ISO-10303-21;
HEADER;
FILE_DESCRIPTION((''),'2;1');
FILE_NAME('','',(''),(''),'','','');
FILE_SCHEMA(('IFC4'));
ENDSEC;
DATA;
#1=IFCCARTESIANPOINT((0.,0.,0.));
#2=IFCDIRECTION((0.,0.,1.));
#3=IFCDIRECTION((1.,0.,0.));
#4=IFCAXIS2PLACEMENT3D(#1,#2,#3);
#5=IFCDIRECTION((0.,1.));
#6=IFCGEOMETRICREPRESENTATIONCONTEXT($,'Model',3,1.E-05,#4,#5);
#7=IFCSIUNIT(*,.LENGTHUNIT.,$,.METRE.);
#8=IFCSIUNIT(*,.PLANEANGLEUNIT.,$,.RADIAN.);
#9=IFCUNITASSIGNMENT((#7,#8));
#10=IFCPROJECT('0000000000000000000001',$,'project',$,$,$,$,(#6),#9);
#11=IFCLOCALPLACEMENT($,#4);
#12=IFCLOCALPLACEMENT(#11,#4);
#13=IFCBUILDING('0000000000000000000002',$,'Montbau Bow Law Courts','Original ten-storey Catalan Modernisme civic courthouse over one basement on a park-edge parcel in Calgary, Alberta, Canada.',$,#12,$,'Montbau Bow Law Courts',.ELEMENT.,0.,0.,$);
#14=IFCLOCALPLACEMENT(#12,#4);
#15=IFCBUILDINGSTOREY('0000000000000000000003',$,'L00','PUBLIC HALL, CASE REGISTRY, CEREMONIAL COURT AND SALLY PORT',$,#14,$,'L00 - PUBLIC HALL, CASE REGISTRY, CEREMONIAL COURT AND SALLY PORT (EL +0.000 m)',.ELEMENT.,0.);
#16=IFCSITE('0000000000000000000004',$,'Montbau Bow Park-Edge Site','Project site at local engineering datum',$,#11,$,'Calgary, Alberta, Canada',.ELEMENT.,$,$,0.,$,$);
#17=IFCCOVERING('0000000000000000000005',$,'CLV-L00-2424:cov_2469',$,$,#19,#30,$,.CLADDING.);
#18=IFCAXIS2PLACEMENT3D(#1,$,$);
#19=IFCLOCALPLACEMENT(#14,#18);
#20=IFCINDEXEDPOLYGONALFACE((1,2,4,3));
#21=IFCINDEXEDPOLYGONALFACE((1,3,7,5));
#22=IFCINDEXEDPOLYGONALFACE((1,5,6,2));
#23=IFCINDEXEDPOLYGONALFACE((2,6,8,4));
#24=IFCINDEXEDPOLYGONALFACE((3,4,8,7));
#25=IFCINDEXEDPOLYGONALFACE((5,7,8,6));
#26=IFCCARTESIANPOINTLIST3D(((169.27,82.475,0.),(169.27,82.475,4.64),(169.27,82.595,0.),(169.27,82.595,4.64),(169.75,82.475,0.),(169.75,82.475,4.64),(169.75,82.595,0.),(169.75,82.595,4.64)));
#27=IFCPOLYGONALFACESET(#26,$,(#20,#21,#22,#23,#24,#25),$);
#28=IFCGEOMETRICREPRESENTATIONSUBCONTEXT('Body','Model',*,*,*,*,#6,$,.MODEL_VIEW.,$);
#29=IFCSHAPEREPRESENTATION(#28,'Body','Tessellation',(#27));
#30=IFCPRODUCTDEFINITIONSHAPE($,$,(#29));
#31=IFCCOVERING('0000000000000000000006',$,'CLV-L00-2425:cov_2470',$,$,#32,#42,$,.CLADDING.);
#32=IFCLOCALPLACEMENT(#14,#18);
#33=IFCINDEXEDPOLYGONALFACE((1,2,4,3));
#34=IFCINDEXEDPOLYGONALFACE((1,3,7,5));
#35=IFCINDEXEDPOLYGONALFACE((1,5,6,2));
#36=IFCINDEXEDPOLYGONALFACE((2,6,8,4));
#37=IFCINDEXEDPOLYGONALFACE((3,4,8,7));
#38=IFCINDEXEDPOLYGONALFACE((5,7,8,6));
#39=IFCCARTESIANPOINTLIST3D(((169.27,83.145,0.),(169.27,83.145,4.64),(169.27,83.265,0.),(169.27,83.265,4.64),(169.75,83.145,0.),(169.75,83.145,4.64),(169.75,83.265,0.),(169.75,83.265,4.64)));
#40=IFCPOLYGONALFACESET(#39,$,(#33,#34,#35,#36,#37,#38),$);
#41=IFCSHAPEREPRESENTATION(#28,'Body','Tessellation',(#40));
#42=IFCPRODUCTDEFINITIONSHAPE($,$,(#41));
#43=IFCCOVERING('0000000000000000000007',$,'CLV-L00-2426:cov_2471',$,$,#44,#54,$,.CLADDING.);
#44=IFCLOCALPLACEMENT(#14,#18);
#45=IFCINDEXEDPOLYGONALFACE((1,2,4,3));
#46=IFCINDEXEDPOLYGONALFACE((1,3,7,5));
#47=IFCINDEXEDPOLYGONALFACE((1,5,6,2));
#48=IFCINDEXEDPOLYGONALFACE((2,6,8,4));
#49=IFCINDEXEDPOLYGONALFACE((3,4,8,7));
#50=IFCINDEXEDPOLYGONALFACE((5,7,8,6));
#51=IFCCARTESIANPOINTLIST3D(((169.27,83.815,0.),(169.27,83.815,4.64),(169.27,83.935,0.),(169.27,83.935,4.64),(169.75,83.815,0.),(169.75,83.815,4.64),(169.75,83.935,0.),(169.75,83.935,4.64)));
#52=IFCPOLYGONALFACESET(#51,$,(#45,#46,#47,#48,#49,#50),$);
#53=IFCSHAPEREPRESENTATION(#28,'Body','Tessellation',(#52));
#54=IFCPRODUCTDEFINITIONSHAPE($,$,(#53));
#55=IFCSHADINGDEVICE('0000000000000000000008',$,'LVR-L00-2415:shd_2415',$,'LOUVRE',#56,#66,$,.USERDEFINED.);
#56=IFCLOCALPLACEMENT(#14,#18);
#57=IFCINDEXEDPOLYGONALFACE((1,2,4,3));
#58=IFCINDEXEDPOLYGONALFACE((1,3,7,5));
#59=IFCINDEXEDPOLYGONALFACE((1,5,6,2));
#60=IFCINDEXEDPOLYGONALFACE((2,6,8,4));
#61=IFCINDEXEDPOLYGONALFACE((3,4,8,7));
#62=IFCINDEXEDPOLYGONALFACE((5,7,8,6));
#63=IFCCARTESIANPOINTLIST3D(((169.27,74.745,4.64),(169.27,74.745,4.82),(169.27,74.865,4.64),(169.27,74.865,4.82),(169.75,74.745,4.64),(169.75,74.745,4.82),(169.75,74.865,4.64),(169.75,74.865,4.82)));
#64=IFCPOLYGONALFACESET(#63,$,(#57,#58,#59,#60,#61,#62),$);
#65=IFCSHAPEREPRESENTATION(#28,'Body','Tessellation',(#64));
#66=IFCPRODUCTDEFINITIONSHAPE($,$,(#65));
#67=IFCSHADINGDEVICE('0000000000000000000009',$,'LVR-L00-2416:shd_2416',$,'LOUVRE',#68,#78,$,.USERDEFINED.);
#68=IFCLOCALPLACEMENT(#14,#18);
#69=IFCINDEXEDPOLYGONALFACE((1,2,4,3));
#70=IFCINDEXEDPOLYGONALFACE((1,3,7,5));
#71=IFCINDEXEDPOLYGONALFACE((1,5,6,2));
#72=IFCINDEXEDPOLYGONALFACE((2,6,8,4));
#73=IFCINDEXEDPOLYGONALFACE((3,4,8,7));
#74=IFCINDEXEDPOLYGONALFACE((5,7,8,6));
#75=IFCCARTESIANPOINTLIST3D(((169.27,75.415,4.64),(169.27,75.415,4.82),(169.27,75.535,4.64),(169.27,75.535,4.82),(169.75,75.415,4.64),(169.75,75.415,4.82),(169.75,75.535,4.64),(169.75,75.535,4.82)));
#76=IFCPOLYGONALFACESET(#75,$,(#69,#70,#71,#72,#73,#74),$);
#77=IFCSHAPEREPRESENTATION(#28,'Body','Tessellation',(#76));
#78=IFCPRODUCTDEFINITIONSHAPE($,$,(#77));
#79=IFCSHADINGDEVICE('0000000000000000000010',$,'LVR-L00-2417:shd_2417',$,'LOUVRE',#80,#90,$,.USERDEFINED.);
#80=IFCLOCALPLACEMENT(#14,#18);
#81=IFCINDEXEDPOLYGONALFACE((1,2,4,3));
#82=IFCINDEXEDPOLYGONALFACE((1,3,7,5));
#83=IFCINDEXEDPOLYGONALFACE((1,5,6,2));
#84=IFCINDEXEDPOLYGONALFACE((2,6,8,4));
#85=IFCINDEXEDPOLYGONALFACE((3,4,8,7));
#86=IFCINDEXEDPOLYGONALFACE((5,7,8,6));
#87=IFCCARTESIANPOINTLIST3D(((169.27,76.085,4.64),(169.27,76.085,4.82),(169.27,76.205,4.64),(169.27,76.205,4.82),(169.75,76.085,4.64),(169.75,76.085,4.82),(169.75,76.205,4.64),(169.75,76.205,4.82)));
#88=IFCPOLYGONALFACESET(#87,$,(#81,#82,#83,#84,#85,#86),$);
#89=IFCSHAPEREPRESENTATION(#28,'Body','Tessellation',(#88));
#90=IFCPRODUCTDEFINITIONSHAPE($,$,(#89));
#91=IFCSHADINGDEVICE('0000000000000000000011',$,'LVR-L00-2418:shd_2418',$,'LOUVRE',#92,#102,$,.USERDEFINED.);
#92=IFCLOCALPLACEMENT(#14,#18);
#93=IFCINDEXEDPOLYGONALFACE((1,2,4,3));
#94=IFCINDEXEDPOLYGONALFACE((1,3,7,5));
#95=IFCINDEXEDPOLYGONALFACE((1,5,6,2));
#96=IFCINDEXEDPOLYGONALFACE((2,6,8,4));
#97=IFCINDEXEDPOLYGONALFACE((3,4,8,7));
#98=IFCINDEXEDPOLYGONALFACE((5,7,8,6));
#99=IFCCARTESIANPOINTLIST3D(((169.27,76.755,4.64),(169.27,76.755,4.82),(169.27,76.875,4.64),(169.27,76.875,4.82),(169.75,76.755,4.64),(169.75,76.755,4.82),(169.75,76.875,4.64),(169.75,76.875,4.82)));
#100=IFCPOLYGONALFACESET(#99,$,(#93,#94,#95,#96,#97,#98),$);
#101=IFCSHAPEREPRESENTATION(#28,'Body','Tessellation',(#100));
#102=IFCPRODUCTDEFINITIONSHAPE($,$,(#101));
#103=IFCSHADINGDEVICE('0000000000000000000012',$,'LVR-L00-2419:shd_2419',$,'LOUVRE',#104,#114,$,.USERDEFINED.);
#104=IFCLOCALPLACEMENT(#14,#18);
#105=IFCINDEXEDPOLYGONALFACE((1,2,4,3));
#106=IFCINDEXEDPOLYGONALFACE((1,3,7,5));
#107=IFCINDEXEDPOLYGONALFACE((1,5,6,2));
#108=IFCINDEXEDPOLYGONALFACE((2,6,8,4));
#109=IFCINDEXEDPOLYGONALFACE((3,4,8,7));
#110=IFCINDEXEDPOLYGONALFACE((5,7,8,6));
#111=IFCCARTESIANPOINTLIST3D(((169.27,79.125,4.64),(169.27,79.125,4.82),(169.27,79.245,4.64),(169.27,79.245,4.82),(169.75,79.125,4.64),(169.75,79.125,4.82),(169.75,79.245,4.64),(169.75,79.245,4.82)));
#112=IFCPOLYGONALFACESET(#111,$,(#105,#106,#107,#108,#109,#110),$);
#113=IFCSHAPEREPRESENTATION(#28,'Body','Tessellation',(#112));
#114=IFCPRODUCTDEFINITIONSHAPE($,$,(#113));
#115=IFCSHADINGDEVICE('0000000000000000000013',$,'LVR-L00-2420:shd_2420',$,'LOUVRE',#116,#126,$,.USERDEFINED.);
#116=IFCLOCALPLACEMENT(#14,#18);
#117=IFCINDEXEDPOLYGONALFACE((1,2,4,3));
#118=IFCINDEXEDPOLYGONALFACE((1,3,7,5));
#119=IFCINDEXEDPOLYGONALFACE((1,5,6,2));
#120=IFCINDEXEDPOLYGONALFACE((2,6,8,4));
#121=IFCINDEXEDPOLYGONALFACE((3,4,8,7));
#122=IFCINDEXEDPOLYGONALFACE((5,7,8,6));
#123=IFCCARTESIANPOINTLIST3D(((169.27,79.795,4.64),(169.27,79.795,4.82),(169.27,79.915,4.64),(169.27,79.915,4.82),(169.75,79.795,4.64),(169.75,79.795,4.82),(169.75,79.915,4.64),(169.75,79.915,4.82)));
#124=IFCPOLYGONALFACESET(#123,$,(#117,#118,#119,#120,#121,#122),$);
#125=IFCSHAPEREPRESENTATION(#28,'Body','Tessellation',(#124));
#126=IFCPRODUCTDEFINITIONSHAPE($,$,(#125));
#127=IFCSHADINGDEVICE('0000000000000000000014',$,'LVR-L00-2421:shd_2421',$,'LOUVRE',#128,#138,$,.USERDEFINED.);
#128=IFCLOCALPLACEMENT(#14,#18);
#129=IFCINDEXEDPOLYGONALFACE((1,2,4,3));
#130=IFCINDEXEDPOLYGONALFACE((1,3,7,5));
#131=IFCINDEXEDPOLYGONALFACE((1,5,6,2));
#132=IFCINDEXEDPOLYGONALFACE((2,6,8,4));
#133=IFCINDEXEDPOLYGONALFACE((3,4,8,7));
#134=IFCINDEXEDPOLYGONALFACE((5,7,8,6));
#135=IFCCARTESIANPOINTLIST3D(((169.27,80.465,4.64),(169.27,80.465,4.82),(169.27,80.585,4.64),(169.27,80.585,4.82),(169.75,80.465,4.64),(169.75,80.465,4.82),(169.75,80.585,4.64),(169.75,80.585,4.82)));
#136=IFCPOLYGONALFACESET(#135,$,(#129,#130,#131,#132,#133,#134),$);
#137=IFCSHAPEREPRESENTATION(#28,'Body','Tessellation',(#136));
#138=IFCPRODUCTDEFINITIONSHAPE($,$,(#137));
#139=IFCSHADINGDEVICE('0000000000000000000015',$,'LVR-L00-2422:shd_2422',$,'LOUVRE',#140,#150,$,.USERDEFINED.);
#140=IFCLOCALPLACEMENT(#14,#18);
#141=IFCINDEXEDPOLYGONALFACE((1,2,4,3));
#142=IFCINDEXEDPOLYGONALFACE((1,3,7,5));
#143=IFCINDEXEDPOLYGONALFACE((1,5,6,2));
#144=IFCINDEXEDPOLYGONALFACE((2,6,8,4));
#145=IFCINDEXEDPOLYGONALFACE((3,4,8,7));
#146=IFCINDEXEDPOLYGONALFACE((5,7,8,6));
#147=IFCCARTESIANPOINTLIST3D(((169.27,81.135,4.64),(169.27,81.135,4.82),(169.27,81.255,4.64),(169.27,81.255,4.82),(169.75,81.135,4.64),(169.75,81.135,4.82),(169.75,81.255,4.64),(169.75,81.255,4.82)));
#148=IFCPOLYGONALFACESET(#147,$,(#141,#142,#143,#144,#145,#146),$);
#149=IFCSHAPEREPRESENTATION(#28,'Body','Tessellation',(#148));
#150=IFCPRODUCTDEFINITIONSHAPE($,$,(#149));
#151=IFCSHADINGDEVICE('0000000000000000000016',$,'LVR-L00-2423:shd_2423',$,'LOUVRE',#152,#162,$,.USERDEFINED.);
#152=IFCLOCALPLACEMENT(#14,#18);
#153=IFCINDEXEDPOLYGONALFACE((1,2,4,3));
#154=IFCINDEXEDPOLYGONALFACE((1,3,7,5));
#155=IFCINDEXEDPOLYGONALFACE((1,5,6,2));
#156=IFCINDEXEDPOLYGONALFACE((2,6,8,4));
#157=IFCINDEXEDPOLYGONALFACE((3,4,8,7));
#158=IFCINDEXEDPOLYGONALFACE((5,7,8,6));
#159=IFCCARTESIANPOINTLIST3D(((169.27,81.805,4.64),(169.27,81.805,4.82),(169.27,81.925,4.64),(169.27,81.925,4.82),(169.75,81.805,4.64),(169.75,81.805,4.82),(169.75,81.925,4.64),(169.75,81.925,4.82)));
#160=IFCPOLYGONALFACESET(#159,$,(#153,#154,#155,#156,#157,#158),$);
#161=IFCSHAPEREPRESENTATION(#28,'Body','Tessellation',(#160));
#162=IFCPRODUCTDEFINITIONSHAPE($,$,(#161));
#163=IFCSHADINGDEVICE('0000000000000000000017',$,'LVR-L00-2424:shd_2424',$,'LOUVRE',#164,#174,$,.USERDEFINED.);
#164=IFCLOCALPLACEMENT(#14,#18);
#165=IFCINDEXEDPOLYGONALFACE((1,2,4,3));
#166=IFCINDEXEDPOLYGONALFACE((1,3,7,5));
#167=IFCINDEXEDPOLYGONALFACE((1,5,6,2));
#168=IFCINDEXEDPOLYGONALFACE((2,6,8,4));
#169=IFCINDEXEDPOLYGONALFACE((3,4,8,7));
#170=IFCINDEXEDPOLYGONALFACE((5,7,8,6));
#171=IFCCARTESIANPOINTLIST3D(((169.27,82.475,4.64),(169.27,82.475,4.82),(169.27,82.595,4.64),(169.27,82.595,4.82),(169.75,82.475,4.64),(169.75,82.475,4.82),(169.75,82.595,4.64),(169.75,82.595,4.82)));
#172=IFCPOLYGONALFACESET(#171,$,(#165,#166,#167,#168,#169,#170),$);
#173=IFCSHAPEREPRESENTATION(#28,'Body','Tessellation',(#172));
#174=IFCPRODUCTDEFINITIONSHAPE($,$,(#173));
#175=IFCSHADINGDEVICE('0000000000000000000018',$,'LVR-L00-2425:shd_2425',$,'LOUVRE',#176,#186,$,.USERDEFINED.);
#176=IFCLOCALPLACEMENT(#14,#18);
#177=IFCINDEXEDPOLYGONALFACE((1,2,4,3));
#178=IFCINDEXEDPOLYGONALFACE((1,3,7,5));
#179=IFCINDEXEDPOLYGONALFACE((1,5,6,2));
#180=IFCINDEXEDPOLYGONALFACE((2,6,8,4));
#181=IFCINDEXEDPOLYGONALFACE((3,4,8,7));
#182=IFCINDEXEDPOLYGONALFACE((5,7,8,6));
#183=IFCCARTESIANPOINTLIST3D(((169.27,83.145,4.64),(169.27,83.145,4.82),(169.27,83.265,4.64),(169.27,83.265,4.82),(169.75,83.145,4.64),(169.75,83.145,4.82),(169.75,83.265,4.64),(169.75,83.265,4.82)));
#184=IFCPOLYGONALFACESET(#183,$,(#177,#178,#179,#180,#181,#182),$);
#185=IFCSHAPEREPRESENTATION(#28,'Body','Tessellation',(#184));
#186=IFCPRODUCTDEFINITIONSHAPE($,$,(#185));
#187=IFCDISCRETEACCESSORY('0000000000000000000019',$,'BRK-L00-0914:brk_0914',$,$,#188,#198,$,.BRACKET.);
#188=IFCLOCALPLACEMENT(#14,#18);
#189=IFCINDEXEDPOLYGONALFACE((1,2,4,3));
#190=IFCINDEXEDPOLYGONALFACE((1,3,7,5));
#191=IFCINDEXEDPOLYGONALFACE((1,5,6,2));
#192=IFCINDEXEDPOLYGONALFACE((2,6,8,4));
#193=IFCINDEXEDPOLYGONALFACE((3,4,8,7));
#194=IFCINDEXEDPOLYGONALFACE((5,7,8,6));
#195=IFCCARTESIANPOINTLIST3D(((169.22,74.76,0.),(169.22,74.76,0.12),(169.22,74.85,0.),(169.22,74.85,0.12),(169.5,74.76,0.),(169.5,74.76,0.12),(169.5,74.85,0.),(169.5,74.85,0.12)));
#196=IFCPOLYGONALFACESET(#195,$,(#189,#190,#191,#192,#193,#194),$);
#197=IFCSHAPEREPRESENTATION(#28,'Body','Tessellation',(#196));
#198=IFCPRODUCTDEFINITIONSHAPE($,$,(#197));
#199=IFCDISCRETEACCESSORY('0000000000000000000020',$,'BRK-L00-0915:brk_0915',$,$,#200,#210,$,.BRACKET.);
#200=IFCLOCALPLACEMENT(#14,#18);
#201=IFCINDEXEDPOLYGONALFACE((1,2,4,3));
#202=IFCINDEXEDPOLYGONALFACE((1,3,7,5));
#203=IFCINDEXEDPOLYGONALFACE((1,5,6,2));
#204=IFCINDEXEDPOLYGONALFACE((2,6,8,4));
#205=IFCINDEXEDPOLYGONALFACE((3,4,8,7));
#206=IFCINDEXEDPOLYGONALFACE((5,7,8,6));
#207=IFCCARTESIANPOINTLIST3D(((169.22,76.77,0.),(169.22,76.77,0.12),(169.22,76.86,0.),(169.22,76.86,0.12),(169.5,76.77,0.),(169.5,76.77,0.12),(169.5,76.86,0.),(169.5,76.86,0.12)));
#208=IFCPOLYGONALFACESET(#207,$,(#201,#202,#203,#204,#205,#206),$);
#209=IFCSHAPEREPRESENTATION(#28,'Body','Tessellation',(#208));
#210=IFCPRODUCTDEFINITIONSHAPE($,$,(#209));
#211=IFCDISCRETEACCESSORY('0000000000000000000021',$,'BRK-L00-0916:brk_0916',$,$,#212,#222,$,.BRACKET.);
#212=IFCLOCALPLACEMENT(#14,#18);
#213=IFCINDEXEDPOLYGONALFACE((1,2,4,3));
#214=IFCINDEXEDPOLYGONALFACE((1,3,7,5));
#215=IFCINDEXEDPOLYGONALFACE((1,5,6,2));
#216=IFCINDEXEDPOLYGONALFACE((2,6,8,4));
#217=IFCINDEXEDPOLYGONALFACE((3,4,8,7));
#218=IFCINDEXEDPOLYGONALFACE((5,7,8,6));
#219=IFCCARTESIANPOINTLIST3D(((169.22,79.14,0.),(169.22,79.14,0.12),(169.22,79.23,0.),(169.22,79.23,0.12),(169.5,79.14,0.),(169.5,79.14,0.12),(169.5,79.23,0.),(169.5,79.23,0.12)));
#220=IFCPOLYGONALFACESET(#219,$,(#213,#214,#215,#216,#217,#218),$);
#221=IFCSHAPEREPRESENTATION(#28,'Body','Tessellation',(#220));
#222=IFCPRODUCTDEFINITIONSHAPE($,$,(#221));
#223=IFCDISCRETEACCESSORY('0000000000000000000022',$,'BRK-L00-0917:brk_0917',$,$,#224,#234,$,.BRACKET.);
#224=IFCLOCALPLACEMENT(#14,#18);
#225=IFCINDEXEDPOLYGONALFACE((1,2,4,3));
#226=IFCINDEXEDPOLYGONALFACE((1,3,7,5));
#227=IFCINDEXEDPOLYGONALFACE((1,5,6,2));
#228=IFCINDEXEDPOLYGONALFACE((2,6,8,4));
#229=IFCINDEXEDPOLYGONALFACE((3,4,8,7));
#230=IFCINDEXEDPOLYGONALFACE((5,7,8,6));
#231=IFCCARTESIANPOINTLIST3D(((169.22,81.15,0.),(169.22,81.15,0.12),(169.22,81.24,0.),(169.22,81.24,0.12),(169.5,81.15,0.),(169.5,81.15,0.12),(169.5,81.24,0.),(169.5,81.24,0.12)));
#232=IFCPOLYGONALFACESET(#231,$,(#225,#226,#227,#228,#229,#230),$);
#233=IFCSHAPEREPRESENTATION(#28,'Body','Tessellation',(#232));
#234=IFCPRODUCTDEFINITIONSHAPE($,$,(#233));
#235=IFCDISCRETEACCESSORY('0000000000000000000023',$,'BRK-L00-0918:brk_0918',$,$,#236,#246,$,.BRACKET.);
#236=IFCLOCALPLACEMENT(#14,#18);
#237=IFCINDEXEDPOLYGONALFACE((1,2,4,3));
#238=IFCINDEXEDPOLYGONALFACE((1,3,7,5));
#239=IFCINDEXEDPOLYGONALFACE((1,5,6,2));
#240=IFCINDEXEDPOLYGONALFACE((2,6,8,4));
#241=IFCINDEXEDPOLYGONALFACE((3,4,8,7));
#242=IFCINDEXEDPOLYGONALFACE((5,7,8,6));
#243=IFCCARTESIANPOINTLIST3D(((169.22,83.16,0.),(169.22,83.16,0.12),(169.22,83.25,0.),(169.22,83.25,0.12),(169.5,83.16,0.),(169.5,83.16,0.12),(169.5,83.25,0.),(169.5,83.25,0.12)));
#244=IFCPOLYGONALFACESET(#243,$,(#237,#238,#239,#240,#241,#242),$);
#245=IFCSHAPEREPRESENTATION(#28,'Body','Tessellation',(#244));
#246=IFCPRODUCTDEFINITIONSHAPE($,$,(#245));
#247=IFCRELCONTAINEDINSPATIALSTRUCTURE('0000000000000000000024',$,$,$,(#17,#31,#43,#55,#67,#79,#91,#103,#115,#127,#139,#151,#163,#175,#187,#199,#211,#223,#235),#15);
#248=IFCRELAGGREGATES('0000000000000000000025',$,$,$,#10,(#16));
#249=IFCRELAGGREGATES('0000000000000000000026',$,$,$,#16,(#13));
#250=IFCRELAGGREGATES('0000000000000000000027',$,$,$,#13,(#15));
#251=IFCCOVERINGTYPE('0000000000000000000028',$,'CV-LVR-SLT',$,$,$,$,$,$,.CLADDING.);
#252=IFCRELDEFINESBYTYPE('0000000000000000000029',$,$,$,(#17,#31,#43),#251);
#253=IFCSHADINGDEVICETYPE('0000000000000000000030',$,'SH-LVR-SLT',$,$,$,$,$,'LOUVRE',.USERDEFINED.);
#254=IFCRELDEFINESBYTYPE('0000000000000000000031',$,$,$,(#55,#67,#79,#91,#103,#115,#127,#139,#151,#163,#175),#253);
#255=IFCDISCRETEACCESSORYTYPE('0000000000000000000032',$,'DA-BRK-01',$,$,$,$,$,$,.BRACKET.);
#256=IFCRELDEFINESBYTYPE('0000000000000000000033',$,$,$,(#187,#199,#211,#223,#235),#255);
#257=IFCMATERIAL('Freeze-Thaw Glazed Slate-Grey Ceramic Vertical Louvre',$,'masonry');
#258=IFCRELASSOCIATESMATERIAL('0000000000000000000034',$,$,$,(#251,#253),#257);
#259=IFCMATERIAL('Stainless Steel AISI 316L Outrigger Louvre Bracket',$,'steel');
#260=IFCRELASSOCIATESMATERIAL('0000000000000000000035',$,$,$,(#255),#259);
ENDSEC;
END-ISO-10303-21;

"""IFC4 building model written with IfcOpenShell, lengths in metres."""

from ifc_helpers import new_model, si_unit, direction, frame, frame_2d, origin_with_axes, origin_2d_with_axis, place, context, subcontext, project, spatial, rectangle, extrude, material, type_object, element, save


model = new_model("IFC4")

# Units and contexts
model_context = context("Model", 3, precision=1e-05, world=origin_with_axes(), true_north=direction((0.0, 1.0)))
body_context = subcontext(model_context, "Body", "Model", "MODEL_VIEW")
ifc_project = project(units=[si_unit("LENGTHUNIT", "METRE"), si_unit("PLANEANGLEUNIT", "RADIAN")], contexts=[model_context])

# Site, building, storey
site_placement = place(None, origin_with_axes())
site = spatial("IfcSite", under=ifc_project, at=site_placement, Name="Montbau Bow Park-Edge Site", Description="Project site at local engineering datum", LongName="Calgary, Alberta, Canada", CompositionType="ELEMENT", RefElevation=0.0)
building_placement = place(site_placement, origin_with_axes())
building = spatial("IfcBuilding", under=site, at=building_placement, Name="Montbau Bow Law Courts", Description="Original ten-storey Catalan Modernisme civic courthouse over one basement on a park-edge parcel in Calgary, Alberta, Canada.", LongName="Montbau Bow Law Courts", CompositionType="ELEMENT", ElevationOfRefHeight=0.0, ElevationOfTerrain=0.0)
storey_placement = place(building_placement, origin_with_axes())
storey = spatial("IfcBuildingStorey", under=building, at=storey_placement, Name="L00", Description="PUBLIC HALL, CASE REGISTRY, CEREMONIAL COURT AND SALLY PORT", LongName="L00 - PUBLIC HALL, CASE REGISTRY, CEREMONIAL COURT AND SALLY PORT (EL +0.000 m)", CompositionType="ELEMENT", Elevation=0.0)

# Coverings
ifc_material_1 = material(Name="Freeze-Thaw Glazed Slate-Grey Ceramic Vertical Louvre", Category="masonry")
covering_type = type_object("IfcCoveringType", Name="CV-LVR-SLT", PredefinedType="CLADDING", material=ifc_material_1)
for number, where, z_axis, x_axis, name in (
    (1, (169.27, 82.535, 0.0), (0.0, -1.0, 0.0), (1.0, 0.0, 0.0), "CLV-L00-2424:cov_2469"),
    (2, (169.27, 83.205, 0.0), (0.0, -1.0, 0.0), (1.0, 0.0, 0.0), "CLV-L00-2425:cov_2470"),
    (3, (169.27, 83.875, 0.0), (0.0, -1.0, 0.0), (1.0, 0.0, 0.0), "CLV-L00-2426:cov_2471"),
):
    element("IfcCovering", number, at=place(None, frame(where, z_axis=z_axis, x_axis=x_axis)), inside=storey, type_object=covering_type, Name=name, PredefinedType="CLADDING", context=body_context, shape_type="SweptSolid", body=[
        extrude(rectangle(XDim=0.48, YDim=4.64, at=frame_2d((0.24, 2.32), x_axis=(1.0, 0.0))), frame((0.0, 0.0, -0.06), z_axis=(0.0, 0.0, 1.0), x_axis=(1.0, 0.0, 0.0)), (0.0, 0.0, 1.0), 0.12),
    ])

# Shading devices
shading_device_type = type_object("IfcShadingDeviceType", Name="SH-LVR-SLT", ElementType="LOUVRE", PredefinedType="USERDEFINED", material=ifc_material_1)
for number, where, z_axis, x_axis, name in (
    (4, (169.51, 74.805, 4.64), (0.0, 0.0, 1.0), (1.0, 0.0, 0.0), "LVR-L00-2415:shd_2415"),
    (5, (169.51, 75.475, 4.64), (0.0, 0.0, 1.0), (1.0, 0.0, 0.0), "LVR-L00-2416:shd_2416"),
    (6, (169.51, 76.145, 4.64), (0.0, 0.0, 1.0), (1.0, 0.0, 0.0), "LVR-L00-2417:shd_2417"),
    (7, (169.51, 76.815, 4.64), (0.0, 0.0, 1.0), (1.0, 0.0, 0.0), "LVR-L00-2418:shd_2418"),
    (8, (169.51, 79.185, 4.64), (0.0, 0.0, 1.0), (1.0, 0.0, 0.0), "LVR-L00-2419:shd_2419"),
    (9, (169.51, 79.855, 4.64), (0.0, 0.0, 1.0), (1.0, 0.0, 0.0), "LVR-L00-2420:shd_2420"),
    (10, (169.51, 80.525, 4.64), (0.0, 0.0, 1.0), (1.0, 0.0, 0.0), "LVR-L00-2421:shd_2421"),
    (11, (169.51, 81.195, 4.64), (0.0, 0.0, 1.0), (1.0, 0.0, 0.0), "LVR-L00-2422:shd_2422"),
    (12, (169.51, 81.865, 4.64), (0.0, 0.0, 1.0), (1.0, 0.0, 0.0), "LVR-L00-2423:shd_2423"),
    (13, (169.51, 82.535, 4.64), (0.0, 0.0, 1.0), (1.0, 0.0, 0.0), "LVR-L00-2424:shd_2424"),
    (14, (169.51, 83.205, 4.64), (0.0, 0.0, 1.0), (1.0, 0.0, 0.0), "LVR-L00-2425:shd_2425"),
):
    element("IfcShadingDevice", number, at=place(None, frame(where, z_axis=z_axis, x_axis=x_axis)), inside=storey, type_object=shading_device_type, Name=name, ObjectType="LOUVRE", PredefinedType="USERDEFINED", context=body_context, shape_type="SweptSolid", body=[
        extrude(rectangle(XDim=0.48, YDim=0.12, at=origin_2d_with_axis()), origin_with_axes(), (0.0, 0.0, 1.0), 0.18),
    ])

# Discrete accessories
ifc_material_2 = material(Name="Stainless Steel AISI 316L Outrigger Louvre Bracket", Category="steel")
discrete_accessory_type = type_object("IfcDiscreteAccessoryType", Name="DA-BRK-01", PredefinedType="BRACKET", material=ifc_material_2)
for number, where, z_axis, x_axis, name in (
    (15, (169.36, 74.805, 0.0), (0.0, 0.0, 1.0), (1.0, 0.0, 0.0), "BRK-L00-0914:brk_0914"),
    (16, (169.36, 76.815, 0.0), (0.0, 0.0, 1.0), (1.0, 0.0, 0.0), "BRK-L00-0915:brk_0915"),
    (17, (169.36, 79.185, 0.0), (0.0, 0.0, 1.0), (1.0, 0.0, 0.0), "BRK-L00-0916:brk_0916"),
    (18, (169.36, 81.195, 0.0), (0.0, 0.0, 1.0), (1.0, 0.0, 0.0), "BRK-L00-0917:brk_0917"),
    (19, (169.36, 83.205, 0.0), (0.0, 0.0, 1.0), (1.0, 0.0, 0.0), "BRK-L00-0918:brk_0918"),
):
    element("IfcDiscreteAccessory", number, at=place(None, frame(where, z_axis=z_axis, x_axis=x_axis)), inside=storey, type_object=discrete_accessory_type, Name=name, PredefinedType="BRACKET", context=body_context, shape_type="SweptSolid", body=[
        extrude(rectangle(XDim=0.28, YDim=0.09, at=origin_2d_with_axis()), origin_with_axes(), (0.0, 0.0, 1.0), 0.12),
    ])

save(model, "model.ifc")
